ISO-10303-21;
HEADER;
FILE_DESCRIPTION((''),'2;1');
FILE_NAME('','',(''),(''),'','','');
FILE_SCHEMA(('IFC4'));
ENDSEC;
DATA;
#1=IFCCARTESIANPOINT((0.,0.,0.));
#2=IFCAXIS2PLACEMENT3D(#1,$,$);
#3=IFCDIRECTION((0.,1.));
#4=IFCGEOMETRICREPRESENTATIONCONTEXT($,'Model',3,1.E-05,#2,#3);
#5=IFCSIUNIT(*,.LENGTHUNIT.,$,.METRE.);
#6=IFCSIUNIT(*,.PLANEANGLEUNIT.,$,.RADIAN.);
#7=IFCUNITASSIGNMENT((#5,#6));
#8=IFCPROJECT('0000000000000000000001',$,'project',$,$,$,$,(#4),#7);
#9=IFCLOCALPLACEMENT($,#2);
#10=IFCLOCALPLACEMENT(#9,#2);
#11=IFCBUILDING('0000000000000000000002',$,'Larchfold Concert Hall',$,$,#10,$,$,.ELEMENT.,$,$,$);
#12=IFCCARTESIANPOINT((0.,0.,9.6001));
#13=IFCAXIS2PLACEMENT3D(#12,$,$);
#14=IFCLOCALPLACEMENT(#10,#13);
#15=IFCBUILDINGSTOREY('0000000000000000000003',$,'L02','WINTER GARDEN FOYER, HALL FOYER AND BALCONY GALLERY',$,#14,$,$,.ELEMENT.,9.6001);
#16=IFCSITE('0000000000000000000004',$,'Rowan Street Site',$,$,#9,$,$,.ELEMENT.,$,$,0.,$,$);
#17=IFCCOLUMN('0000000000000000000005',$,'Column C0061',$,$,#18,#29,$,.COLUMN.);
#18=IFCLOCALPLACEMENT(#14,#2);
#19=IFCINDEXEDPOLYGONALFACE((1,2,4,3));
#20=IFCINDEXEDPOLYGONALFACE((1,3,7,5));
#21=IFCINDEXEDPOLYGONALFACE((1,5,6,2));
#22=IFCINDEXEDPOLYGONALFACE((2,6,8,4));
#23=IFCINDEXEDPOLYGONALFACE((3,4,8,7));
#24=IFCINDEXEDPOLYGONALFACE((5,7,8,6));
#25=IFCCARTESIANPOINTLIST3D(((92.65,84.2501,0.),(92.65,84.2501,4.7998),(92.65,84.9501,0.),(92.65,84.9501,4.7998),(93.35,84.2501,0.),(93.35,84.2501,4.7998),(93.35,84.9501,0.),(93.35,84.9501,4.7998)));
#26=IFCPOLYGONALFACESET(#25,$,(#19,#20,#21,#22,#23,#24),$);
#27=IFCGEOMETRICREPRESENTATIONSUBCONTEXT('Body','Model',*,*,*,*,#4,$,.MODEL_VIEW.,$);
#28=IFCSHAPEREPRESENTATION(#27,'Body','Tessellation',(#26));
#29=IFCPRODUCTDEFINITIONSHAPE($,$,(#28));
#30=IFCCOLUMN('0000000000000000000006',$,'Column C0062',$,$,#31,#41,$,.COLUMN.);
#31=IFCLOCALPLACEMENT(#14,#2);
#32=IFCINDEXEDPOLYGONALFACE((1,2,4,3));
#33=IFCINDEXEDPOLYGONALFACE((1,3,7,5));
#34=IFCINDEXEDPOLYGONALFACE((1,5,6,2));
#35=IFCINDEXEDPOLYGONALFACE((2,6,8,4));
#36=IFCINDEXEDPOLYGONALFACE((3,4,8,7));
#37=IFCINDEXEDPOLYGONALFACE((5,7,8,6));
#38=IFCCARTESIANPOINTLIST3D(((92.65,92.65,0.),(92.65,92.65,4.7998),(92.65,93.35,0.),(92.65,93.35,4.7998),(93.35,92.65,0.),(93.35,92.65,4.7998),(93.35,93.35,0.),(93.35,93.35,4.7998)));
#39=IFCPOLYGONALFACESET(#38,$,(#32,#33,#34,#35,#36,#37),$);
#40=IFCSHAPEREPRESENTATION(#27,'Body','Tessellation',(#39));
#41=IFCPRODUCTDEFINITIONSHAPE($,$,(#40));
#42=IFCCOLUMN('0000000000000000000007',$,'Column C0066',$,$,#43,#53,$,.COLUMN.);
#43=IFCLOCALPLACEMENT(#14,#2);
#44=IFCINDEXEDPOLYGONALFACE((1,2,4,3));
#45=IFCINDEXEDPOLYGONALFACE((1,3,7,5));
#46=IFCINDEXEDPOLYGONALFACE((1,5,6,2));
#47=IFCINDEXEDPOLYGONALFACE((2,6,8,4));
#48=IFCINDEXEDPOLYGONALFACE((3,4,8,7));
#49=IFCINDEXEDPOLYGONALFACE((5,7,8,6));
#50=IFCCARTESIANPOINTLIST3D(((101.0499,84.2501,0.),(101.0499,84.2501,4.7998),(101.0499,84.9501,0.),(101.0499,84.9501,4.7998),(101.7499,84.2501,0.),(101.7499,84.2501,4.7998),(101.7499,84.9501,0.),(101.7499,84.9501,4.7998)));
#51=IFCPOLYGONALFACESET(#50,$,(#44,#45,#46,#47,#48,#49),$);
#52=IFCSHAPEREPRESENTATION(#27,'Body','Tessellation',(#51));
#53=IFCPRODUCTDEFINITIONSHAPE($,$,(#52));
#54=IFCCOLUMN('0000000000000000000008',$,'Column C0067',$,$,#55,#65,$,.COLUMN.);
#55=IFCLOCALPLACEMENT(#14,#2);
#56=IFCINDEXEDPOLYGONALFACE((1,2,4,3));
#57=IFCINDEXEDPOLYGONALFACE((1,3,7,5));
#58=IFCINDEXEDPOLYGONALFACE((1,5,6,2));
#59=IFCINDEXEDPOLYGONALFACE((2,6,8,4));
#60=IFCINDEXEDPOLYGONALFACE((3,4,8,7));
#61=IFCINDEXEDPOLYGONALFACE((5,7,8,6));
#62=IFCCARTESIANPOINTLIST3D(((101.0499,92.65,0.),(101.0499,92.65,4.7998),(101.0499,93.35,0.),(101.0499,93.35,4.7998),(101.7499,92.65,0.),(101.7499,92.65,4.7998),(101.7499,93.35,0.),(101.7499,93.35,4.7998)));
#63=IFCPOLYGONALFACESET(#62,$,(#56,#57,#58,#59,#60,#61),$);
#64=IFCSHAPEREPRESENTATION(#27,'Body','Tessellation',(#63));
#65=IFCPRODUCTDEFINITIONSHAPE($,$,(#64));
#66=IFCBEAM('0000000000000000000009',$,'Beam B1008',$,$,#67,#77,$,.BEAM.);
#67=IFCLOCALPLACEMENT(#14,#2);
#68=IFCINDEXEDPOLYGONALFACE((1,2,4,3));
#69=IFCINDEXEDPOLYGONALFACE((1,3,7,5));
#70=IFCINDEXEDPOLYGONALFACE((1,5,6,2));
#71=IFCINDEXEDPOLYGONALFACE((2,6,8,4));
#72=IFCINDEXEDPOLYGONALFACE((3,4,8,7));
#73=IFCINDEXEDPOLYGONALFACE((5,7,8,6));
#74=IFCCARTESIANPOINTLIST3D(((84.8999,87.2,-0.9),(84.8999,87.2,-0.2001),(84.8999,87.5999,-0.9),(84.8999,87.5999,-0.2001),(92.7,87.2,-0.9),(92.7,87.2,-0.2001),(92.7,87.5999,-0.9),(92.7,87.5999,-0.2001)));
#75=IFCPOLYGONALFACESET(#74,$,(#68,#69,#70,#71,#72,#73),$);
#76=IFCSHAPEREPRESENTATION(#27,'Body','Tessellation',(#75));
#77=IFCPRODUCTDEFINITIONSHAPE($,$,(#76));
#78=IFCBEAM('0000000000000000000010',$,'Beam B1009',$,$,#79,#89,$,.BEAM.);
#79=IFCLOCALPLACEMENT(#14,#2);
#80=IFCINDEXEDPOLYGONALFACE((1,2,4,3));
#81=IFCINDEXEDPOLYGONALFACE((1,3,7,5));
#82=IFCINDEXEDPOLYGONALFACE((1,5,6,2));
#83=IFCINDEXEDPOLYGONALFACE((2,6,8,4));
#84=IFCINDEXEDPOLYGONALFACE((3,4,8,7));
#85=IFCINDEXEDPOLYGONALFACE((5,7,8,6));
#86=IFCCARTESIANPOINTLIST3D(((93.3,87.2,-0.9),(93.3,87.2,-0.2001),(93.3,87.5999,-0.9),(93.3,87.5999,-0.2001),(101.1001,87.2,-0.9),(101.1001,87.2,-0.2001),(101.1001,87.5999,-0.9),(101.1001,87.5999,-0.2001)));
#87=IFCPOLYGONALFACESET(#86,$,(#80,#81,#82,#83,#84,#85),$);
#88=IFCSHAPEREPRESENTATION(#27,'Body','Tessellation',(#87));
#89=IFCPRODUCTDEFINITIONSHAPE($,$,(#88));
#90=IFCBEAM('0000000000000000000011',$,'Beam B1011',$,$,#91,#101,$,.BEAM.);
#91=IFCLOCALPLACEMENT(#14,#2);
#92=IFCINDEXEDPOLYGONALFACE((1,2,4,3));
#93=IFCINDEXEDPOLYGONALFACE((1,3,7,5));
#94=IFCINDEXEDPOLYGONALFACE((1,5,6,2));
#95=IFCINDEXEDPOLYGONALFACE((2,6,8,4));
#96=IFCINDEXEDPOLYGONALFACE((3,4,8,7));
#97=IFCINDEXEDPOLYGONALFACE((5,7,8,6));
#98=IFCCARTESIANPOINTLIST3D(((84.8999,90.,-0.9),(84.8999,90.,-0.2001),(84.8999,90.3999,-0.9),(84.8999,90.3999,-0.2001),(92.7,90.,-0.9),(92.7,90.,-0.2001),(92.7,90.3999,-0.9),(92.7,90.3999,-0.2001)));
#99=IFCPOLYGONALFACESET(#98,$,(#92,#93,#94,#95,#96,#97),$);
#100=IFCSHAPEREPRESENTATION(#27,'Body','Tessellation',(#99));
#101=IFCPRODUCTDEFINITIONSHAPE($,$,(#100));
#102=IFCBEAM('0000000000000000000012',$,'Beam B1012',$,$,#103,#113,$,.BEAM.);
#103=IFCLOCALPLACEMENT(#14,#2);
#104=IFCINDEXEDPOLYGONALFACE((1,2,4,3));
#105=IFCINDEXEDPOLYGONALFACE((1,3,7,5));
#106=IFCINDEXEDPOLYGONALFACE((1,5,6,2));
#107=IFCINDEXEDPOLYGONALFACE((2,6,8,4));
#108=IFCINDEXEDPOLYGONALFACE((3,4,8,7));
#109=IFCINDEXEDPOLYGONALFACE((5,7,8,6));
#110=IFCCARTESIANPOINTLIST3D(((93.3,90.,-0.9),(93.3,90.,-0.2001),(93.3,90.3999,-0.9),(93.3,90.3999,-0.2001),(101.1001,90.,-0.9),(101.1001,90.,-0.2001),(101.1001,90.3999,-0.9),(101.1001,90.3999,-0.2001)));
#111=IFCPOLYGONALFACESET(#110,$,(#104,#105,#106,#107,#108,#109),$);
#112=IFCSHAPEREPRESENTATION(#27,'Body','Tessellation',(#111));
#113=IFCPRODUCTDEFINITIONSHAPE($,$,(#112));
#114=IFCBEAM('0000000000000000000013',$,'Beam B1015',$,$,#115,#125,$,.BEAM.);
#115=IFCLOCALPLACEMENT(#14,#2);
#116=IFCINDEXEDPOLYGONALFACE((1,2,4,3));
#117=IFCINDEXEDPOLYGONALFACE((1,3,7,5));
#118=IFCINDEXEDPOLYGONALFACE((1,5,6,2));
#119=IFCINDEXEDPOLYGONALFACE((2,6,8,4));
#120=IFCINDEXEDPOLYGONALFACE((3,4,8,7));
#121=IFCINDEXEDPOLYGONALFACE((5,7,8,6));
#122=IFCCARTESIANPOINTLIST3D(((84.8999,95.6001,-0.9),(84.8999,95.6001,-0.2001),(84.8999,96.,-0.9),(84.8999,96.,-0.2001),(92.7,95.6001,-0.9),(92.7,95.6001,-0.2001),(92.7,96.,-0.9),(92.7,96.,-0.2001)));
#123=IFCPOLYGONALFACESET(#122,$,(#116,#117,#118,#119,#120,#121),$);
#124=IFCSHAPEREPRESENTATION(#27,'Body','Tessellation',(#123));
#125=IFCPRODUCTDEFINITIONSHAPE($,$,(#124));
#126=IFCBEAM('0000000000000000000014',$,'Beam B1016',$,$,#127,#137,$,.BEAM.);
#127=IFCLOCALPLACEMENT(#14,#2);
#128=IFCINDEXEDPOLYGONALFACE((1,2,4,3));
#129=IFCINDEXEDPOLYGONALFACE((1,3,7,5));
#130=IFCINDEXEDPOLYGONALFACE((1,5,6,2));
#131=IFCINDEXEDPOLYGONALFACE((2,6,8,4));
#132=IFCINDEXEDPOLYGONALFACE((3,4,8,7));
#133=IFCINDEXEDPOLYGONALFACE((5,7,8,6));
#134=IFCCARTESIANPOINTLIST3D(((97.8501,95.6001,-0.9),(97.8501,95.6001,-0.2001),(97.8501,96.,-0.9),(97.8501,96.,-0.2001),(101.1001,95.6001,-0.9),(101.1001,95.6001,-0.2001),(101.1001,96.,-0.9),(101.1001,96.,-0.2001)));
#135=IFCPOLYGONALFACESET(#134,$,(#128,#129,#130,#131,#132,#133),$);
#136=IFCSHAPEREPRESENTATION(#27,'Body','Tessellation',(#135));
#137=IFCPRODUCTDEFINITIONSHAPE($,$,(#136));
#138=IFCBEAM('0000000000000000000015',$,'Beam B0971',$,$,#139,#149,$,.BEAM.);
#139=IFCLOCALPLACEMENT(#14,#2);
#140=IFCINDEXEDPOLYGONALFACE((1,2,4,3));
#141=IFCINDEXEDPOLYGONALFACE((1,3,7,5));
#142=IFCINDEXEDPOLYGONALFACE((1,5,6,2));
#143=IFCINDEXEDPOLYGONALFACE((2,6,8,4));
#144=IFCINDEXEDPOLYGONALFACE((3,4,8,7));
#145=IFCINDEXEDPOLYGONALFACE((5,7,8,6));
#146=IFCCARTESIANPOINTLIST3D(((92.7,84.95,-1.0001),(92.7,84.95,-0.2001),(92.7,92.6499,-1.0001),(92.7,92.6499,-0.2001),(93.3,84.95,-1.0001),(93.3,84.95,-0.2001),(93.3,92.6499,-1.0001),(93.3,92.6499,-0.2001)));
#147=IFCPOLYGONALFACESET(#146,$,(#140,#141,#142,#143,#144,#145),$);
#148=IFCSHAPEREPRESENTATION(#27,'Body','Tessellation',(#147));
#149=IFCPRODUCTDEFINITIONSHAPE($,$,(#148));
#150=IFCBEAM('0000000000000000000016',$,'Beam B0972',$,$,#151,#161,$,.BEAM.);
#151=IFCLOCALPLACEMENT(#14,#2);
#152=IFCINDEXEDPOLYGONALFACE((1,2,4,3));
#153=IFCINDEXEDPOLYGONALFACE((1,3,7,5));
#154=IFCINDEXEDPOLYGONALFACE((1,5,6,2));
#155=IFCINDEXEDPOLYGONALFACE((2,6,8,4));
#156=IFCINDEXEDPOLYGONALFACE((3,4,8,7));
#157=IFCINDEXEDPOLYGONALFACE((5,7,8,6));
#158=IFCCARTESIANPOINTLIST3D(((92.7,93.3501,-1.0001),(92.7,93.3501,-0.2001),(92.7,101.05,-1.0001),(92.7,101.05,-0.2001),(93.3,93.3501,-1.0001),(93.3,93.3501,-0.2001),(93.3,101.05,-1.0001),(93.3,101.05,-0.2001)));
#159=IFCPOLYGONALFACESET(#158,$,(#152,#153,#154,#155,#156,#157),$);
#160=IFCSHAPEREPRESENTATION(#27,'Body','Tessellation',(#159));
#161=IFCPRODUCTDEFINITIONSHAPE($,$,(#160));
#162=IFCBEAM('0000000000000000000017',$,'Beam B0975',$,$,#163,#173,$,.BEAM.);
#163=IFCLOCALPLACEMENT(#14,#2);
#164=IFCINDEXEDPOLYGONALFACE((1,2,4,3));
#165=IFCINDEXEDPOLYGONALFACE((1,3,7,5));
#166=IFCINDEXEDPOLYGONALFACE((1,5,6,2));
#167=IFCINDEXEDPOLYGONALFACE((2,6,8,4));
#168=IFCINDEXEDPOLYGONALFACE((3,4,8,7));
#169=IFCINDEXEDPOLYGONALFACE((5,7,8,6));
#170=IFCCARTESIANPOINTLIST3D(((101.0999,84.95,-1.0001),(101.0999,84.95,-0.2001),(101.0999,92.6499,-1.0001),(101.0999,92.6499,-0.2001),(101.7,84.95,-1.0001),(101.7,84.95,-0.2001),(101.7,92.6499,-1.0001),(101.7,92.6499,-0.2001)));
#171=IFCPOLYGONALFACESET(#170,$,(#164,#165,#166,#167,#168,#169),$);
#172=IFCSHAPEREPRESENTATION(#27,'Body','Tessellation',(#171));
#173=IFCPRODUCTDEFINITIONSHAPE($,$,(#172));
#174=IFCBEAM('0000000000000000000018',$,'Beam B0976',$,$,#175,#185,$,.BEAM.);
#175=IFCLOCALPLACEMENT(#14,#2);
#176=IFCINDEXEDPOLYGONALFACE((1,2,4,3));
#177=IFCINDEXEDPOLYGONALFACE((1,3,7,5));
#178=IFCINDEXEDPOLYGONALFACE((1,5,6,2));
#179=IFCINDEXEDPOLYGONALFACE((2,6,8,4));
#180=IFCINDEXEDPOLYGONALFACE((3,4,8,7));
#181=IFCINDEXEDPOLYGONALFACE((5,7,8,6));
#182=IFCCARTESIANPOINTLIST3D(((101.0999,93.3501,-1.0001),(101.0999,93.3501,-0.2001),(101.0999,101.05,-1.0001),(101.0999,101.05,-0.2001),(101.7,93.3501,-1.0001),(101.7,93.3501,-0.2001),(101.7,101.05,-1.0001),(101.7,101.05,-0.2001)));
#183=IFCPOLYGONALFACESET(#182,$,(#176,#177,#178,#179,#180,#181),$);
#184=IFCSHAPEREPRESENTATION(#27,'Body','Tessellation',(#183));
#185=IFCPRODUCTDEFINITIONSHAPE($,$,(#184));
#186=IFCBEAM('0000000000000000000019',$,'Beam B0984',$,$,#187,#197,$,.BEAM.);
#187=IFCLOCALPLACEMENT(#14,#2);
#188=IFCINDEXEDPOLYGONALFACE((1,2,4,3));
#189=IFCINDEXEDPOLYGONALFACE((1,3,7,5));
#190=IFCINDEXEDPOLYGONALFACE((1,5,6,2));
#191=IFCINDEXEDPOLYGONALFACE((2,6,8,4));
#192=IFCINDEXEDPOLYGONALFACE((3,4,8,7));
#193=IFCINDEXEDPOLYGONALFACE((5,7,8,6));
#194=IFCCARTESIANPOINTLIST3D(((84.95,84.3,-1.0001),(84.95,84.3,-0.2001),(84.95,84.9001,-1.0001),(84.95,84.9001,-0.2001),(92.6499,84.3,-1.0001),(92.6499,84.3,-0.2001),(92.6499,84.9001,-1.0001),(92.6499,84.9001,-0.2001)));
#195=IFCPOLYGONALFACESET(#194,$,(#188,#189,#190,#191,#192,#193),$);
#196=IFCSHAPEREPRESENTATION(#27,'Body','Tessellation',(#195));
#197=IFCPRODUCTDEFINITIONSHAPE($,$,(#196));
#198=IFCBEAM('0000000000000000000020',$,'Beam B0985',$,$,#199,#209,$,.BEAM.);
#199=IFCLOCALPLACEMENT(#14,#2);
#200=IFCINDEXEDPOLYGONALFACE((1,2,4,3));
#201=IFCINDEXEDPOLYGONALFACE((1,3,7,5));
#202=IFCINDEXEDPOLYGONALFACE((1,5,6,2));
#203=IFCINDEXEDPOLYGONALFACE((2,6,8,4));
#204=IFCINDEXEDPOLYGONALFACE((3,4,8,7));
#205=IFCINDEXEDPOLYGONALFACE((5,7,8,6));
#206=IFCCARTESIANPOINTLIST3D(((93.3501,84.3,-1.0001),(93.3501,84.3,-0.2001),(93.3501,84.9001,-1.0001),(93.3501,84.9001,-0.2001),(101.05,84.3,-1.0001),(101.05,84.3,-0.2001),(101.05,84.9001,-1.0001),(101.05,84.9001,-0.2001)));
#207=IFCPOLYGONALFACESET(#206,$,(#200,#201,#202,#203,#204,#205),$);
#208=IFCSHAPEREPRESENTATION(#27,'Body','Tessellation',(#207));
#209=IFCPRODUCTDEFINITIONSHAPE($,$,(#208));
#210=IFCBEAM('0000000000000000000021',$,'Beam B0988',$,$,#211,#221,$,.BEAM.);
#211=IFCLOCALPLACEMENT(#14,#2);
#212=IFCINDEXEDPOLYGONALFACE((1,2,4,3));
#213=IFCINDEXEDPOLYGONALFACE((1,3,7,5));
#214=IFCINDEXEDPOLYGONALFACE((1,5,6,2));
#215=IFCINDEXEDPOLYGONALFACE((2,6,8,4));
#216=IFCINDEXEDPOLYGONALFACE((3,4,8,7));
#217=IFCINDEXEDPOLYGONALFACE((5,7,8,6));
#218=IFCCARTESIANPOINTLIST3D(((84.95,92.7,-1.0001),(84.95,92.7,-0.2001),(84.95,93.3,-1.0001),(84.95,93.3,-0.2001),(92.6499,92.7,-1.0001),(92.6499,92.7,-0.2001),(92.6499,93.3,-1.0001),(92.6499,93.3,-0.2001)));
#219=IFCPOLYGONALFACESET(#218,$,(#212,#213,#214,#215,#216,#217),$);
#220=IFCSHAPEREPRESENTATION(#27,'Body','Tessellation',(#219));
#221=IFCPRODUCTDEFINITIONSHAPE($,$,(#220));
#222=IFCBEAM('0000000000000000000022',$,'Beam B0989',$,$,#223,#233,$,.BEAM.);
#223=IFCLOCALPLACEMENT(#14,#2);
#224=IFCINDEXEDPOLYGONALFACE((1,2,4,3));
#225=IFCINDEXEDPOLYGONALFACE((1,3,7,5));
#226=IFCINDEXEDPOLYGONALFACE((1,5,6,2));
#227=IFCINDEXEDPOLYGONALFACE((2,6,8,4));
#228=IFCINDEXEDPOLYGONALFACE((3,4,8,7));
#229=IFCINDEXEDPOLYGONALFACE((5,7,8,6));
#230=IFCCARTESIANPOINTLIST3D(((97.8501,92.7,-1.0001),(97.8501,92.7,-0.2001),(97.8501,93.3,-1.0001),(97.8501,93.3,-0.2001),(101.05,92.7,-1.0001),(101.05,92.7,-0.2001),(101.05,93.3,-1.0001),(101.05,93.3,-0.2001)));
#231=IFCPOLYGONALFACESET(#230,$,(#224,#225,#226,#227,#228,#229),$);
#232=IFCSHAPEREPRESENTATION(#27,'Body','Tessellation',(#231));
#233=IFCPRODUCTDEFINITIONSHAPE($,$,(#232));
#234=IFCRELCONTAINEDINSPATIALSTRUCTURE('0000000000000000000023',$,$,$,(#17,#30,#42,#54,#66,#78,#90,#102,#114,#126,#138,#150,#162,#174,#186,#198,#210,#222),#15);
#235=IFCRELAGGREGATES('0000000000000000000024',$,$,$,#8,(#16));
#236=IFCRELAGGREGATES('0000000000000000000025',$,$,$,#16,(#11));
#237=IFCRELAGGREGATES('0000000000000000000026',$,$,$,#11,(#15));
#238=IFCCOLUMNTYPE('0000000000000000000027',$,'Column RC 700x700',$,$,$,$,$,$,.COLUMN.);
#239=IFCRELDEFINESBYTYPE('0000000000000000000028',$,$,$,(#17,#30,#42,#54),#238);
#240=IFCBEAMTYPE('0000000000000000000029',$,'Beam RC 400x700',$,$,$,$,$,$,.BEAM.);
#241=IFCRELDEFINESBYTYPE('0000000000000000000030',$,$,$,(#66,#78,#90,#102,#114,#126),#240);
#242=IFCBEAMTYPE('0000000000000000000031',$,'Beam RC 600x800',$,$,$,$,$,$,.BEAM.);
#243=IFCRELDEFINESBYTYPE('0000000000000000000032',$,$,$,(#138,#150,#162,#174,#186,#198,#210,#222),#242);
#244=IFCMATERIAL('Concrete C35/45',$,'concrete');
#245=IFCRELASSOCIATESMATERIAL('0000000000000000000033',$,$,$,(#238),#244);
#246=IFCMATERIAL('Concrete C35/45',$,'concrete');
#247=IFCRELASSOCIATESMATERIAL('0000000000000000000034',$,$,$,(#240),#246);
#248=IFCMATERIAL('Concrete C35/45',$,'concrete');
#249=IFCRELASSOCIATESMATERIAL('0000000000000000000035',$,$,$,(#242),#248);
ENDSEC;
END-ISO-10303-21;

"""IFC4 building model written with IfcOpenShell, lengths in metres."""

from ifc_helpers import new_model, si_unit, direction, frame, origin, origin_2d, place, context, subcontext, project, spatial, rectangle, extrude, material, material_profile, profile_set, type_object, element, save


model = new_model("IFC4")

# Units and contexts
model_context = context("Model", 3, precision=1e-05, world=origin(), true_north=direction((0.0, 1.0)))
body_context = subcontext(model_context, "Body", "Model", "MODEL_VIEW")
ifc_project = project(units=[si_unit("LENGTHUNIT", "METRE"), si_unit("PLANEANGLEUNIT", "RADIAN")], contexts=[model_context])

# Site, building, storey
site_placement = place(None, origin())
site = spatial("IfcSite", under=ifc_project, at=site_placement, Name="Rowan Street Site", CompositionType="ELEMENT", RefElevation=0.0)
building_placement = place(site_placement, origin())
building = spatial("IfcBuilding", under=site, at=building_placement, Name="Larchfold Concert Hall", CompositionType="ELEMENT")
storey_placement = place(building_placement, frame((0.0, 0.0, 9.6001)))
storey = spatial("IfcBuildingStorey", under=building, at=storey_placement, Name="L02", Description="WINTER GARDEN FOYER, HALL FOYER AND BALCONY GALLERY", CompositionType="ELEMENT", Elevation=9.6001)

# Columns
ifc_material_1 = material(Name="Concrete C35/45", Category="concrete")
ifc_material_profile_1 = material_profile(ifc_material_1, rectangle(XDim=0.7, YDim=0.7, at=origin_2d()))
ifc_profile_set_1 = profile_set([ifc_material_profile_1], Name="Concrete C35/45")
column_type = type_object("IfcColumnType", Name="Column RC 700x700", PredefinedType="COLUMN", material=ifc_profile_set_1)
for number, where, z_axis, x_axis, name in (
    (1, (93.0, 84.6001, 0.0), (0.0, 0.0, 1.0), (1.0, 0.0, 0.0), "Column C0061"),
    (2, (93.0, 93.0, 0.0), (0.0, 0.0, 1.0), (1.0, 0.0, 0.0), "Column C0062"),
    (3, (101.3999, 84.6001, 0.0), (0.0, 0.0, 1.0), (1.0, 0.0, 0.0), "Column C0066"),
    (4, (101.3999, 93.0, 0.0), (0.0, 0.0, 1.0), (1.0, 0.0, 0.0), "Column C0067"),
):
    element("IfcColumn", number, at=place(storey_placement, frame(where, z_axis=z_axis, x_axis=x_axis)), inside=storey, type_object=column_type, Name=name, PredefinedType="COLUMN", context=body_context, shape_type="SweptSolid", body=[
        extrude(rectangle(XDim=0.7, YDim=0.7, at=origin_2d()), origin(), (0.0, 0.0, 1.0), 4.7998),
    ])

# Beams
ifc_material_2 = material(Name="Concrete C35/45", Category="concrete")
ifc_material_profile_2 = material_profile(ifc_material_2, rectangle(XDim=0.3999, YDim=0.7, at=origin_2d()))
ifc_profile_set_2 = profile_set([ifc_material_profile_2], Name="Concrete C35/45")
beam_type_1 = type_object("IfcBeamType", Name="Beam RC 400x700", PredefinedType="BEAM", material=ifc_profile_set_2)
for number, where, z_axis, x_axis, name in (
    (5, (84.8999, 87.3999, -0.55), (1.0, 0.0, 0.0), (0.0, 1.0, 0.0), "Beam B1008"),
    (6, (93.3, 87.3999, -0.55), (1.0, 0.0, 0.0), (0.0, 1.0, 0.0), "Beam B1009"),
    (7, (84.8999, 90.2, -0.55), (1.0, 0.0, 0.0), (0.0, 1.0, 0.0), "Beam B1011"),
    (8, (93.3, 90.2, -0.55), (1.0, 0.0, 0.0), (0.0, 1.0, 0.0), "Beam B1012"),
    (9, (84.8999, 95.8, -0.55), (1.0, 0.0, 0.0), (0.0, 1.0, 0.0), "Beam B1015"),
):
    element("IfcBeam", number, at=place(storey_placement, frame(where, z_axis=z_axis, x_axis=x_axis)), inside=storey, type_object=beam_type_1, Name=name, PredefinedType="BEAM", context=body_context, shape_type="SweptSolid", body=[
        extrude(rectangle(XDim=0.3999, YDim=0.7, at=origin_2d()), origin(), (0.0, 0.0, 1.0), 7.8),
    ])
beam_1_placement = place(storey_placement, frame((97.8501, 95.8, -0.55), z_axis=(1.0, 0.0, 0.0), x_axis=(0.0, 1.0, 0.0)))
element("IfcBeam", 10, at=beam_1_placement, inside=storey, type_object=beam_type_1, Name="Beam B1016", PredefinedType="BEAM", context=body_context, shape_type="SweptSolid", body=[
    extrude(rectangle(XDim=0.3999, YDim=0.7, at=origin_2d()), origin(), (0.0, 0.0, 1.0), 3.25),
])
ifc_material_3 = material(Name="Concrete C35/45", Category="concrete")
ifc_material_profile_3 = material_profile(ifc_material_3, rectangle(XDim=0.6001, YDim=0.8, at=origin_2d()))
ifc_profile_set_3 = profile_set([ifc_material_profile_3], Name="Concrete C35/45")
beam_type_2 = type_object("IfcBeamType", Name="Beam RC 600x800", PredefinedType="BEAM", material=ifc_profile_set_3)
for number, where, z_axis, x_axis, name in (
    (11, (93.0, 84.95, -0.6001), (0.0, 1.0, 0.0), (-1.0, 0.0, 0.0), "Beam B0971"),
    (12, (93.0, 93.3501, -0.6001), (0.0, 1.0, 0.0), (-1.0, 0.0, 0.0), "Beam B0972"),
    (13, (101.3999, 84.95, -0.6001), (0.0, 1.0, 0.0), (-1.0, 0.0, 0.0), "Beam B0975"),
    (14, (101.3999, 93.3501, -0.6001), (0.0, 1.0, 0.0), (-1.0, 0.0, 0.0), "Beam B0976"),
    (15, (84.95, 84.6001, -0.6001), (1.0, 0.0, 0.0), (0.0, 1.0, 0.0), "Beam B0984"),
    (16, (93.3501, 84.6001, -0.6001), (1.0, 0.0, 0.0), (0.0, 1.0, 0.0), "Beam B0985"),
    (17, (84.95, 93.0, -0.6001), (1.0, 0.0, 0.0), (0.0, 1.0, 0.0), "Beam B0988"),
):
    element("IfcBeam", number, at=place(storey_placement, frame(where, z_axis=z_axis, x_axis=x_axis)), inside=storey, type_object=beam_type_2, Name=name, PredefinedType="BEAM", context=body_context, shape_type="SweptSolid", body=[
        extrude(rectangle(XDim=0.6001, YDim=0.8, at=origin_2d()), origin(), (0.0, 0.0, 1.0), 7.7),
    ])
beam_2_placement = place(storey_placement, frame((97.8501, 93.0, -0.6001), z_axis=(1.0, 0.0, 0.0), x_axis=(0.0, 1.0, 0.0)))
element("IfcBeam", 18, at=beam_2_placement, inside=storey, type_object=beam_type_2, Name="Beam B0989", PredefinedType="BEAM", context=body_context, shape_type="SweptSolid", body=[
    extrude(rectangle(XDim=0.6001, YDim=0.8, at=origin_2d()), origin(), (0.0, 0.0, 1.0), 3.2),
])

save(model, "model.ifc")
